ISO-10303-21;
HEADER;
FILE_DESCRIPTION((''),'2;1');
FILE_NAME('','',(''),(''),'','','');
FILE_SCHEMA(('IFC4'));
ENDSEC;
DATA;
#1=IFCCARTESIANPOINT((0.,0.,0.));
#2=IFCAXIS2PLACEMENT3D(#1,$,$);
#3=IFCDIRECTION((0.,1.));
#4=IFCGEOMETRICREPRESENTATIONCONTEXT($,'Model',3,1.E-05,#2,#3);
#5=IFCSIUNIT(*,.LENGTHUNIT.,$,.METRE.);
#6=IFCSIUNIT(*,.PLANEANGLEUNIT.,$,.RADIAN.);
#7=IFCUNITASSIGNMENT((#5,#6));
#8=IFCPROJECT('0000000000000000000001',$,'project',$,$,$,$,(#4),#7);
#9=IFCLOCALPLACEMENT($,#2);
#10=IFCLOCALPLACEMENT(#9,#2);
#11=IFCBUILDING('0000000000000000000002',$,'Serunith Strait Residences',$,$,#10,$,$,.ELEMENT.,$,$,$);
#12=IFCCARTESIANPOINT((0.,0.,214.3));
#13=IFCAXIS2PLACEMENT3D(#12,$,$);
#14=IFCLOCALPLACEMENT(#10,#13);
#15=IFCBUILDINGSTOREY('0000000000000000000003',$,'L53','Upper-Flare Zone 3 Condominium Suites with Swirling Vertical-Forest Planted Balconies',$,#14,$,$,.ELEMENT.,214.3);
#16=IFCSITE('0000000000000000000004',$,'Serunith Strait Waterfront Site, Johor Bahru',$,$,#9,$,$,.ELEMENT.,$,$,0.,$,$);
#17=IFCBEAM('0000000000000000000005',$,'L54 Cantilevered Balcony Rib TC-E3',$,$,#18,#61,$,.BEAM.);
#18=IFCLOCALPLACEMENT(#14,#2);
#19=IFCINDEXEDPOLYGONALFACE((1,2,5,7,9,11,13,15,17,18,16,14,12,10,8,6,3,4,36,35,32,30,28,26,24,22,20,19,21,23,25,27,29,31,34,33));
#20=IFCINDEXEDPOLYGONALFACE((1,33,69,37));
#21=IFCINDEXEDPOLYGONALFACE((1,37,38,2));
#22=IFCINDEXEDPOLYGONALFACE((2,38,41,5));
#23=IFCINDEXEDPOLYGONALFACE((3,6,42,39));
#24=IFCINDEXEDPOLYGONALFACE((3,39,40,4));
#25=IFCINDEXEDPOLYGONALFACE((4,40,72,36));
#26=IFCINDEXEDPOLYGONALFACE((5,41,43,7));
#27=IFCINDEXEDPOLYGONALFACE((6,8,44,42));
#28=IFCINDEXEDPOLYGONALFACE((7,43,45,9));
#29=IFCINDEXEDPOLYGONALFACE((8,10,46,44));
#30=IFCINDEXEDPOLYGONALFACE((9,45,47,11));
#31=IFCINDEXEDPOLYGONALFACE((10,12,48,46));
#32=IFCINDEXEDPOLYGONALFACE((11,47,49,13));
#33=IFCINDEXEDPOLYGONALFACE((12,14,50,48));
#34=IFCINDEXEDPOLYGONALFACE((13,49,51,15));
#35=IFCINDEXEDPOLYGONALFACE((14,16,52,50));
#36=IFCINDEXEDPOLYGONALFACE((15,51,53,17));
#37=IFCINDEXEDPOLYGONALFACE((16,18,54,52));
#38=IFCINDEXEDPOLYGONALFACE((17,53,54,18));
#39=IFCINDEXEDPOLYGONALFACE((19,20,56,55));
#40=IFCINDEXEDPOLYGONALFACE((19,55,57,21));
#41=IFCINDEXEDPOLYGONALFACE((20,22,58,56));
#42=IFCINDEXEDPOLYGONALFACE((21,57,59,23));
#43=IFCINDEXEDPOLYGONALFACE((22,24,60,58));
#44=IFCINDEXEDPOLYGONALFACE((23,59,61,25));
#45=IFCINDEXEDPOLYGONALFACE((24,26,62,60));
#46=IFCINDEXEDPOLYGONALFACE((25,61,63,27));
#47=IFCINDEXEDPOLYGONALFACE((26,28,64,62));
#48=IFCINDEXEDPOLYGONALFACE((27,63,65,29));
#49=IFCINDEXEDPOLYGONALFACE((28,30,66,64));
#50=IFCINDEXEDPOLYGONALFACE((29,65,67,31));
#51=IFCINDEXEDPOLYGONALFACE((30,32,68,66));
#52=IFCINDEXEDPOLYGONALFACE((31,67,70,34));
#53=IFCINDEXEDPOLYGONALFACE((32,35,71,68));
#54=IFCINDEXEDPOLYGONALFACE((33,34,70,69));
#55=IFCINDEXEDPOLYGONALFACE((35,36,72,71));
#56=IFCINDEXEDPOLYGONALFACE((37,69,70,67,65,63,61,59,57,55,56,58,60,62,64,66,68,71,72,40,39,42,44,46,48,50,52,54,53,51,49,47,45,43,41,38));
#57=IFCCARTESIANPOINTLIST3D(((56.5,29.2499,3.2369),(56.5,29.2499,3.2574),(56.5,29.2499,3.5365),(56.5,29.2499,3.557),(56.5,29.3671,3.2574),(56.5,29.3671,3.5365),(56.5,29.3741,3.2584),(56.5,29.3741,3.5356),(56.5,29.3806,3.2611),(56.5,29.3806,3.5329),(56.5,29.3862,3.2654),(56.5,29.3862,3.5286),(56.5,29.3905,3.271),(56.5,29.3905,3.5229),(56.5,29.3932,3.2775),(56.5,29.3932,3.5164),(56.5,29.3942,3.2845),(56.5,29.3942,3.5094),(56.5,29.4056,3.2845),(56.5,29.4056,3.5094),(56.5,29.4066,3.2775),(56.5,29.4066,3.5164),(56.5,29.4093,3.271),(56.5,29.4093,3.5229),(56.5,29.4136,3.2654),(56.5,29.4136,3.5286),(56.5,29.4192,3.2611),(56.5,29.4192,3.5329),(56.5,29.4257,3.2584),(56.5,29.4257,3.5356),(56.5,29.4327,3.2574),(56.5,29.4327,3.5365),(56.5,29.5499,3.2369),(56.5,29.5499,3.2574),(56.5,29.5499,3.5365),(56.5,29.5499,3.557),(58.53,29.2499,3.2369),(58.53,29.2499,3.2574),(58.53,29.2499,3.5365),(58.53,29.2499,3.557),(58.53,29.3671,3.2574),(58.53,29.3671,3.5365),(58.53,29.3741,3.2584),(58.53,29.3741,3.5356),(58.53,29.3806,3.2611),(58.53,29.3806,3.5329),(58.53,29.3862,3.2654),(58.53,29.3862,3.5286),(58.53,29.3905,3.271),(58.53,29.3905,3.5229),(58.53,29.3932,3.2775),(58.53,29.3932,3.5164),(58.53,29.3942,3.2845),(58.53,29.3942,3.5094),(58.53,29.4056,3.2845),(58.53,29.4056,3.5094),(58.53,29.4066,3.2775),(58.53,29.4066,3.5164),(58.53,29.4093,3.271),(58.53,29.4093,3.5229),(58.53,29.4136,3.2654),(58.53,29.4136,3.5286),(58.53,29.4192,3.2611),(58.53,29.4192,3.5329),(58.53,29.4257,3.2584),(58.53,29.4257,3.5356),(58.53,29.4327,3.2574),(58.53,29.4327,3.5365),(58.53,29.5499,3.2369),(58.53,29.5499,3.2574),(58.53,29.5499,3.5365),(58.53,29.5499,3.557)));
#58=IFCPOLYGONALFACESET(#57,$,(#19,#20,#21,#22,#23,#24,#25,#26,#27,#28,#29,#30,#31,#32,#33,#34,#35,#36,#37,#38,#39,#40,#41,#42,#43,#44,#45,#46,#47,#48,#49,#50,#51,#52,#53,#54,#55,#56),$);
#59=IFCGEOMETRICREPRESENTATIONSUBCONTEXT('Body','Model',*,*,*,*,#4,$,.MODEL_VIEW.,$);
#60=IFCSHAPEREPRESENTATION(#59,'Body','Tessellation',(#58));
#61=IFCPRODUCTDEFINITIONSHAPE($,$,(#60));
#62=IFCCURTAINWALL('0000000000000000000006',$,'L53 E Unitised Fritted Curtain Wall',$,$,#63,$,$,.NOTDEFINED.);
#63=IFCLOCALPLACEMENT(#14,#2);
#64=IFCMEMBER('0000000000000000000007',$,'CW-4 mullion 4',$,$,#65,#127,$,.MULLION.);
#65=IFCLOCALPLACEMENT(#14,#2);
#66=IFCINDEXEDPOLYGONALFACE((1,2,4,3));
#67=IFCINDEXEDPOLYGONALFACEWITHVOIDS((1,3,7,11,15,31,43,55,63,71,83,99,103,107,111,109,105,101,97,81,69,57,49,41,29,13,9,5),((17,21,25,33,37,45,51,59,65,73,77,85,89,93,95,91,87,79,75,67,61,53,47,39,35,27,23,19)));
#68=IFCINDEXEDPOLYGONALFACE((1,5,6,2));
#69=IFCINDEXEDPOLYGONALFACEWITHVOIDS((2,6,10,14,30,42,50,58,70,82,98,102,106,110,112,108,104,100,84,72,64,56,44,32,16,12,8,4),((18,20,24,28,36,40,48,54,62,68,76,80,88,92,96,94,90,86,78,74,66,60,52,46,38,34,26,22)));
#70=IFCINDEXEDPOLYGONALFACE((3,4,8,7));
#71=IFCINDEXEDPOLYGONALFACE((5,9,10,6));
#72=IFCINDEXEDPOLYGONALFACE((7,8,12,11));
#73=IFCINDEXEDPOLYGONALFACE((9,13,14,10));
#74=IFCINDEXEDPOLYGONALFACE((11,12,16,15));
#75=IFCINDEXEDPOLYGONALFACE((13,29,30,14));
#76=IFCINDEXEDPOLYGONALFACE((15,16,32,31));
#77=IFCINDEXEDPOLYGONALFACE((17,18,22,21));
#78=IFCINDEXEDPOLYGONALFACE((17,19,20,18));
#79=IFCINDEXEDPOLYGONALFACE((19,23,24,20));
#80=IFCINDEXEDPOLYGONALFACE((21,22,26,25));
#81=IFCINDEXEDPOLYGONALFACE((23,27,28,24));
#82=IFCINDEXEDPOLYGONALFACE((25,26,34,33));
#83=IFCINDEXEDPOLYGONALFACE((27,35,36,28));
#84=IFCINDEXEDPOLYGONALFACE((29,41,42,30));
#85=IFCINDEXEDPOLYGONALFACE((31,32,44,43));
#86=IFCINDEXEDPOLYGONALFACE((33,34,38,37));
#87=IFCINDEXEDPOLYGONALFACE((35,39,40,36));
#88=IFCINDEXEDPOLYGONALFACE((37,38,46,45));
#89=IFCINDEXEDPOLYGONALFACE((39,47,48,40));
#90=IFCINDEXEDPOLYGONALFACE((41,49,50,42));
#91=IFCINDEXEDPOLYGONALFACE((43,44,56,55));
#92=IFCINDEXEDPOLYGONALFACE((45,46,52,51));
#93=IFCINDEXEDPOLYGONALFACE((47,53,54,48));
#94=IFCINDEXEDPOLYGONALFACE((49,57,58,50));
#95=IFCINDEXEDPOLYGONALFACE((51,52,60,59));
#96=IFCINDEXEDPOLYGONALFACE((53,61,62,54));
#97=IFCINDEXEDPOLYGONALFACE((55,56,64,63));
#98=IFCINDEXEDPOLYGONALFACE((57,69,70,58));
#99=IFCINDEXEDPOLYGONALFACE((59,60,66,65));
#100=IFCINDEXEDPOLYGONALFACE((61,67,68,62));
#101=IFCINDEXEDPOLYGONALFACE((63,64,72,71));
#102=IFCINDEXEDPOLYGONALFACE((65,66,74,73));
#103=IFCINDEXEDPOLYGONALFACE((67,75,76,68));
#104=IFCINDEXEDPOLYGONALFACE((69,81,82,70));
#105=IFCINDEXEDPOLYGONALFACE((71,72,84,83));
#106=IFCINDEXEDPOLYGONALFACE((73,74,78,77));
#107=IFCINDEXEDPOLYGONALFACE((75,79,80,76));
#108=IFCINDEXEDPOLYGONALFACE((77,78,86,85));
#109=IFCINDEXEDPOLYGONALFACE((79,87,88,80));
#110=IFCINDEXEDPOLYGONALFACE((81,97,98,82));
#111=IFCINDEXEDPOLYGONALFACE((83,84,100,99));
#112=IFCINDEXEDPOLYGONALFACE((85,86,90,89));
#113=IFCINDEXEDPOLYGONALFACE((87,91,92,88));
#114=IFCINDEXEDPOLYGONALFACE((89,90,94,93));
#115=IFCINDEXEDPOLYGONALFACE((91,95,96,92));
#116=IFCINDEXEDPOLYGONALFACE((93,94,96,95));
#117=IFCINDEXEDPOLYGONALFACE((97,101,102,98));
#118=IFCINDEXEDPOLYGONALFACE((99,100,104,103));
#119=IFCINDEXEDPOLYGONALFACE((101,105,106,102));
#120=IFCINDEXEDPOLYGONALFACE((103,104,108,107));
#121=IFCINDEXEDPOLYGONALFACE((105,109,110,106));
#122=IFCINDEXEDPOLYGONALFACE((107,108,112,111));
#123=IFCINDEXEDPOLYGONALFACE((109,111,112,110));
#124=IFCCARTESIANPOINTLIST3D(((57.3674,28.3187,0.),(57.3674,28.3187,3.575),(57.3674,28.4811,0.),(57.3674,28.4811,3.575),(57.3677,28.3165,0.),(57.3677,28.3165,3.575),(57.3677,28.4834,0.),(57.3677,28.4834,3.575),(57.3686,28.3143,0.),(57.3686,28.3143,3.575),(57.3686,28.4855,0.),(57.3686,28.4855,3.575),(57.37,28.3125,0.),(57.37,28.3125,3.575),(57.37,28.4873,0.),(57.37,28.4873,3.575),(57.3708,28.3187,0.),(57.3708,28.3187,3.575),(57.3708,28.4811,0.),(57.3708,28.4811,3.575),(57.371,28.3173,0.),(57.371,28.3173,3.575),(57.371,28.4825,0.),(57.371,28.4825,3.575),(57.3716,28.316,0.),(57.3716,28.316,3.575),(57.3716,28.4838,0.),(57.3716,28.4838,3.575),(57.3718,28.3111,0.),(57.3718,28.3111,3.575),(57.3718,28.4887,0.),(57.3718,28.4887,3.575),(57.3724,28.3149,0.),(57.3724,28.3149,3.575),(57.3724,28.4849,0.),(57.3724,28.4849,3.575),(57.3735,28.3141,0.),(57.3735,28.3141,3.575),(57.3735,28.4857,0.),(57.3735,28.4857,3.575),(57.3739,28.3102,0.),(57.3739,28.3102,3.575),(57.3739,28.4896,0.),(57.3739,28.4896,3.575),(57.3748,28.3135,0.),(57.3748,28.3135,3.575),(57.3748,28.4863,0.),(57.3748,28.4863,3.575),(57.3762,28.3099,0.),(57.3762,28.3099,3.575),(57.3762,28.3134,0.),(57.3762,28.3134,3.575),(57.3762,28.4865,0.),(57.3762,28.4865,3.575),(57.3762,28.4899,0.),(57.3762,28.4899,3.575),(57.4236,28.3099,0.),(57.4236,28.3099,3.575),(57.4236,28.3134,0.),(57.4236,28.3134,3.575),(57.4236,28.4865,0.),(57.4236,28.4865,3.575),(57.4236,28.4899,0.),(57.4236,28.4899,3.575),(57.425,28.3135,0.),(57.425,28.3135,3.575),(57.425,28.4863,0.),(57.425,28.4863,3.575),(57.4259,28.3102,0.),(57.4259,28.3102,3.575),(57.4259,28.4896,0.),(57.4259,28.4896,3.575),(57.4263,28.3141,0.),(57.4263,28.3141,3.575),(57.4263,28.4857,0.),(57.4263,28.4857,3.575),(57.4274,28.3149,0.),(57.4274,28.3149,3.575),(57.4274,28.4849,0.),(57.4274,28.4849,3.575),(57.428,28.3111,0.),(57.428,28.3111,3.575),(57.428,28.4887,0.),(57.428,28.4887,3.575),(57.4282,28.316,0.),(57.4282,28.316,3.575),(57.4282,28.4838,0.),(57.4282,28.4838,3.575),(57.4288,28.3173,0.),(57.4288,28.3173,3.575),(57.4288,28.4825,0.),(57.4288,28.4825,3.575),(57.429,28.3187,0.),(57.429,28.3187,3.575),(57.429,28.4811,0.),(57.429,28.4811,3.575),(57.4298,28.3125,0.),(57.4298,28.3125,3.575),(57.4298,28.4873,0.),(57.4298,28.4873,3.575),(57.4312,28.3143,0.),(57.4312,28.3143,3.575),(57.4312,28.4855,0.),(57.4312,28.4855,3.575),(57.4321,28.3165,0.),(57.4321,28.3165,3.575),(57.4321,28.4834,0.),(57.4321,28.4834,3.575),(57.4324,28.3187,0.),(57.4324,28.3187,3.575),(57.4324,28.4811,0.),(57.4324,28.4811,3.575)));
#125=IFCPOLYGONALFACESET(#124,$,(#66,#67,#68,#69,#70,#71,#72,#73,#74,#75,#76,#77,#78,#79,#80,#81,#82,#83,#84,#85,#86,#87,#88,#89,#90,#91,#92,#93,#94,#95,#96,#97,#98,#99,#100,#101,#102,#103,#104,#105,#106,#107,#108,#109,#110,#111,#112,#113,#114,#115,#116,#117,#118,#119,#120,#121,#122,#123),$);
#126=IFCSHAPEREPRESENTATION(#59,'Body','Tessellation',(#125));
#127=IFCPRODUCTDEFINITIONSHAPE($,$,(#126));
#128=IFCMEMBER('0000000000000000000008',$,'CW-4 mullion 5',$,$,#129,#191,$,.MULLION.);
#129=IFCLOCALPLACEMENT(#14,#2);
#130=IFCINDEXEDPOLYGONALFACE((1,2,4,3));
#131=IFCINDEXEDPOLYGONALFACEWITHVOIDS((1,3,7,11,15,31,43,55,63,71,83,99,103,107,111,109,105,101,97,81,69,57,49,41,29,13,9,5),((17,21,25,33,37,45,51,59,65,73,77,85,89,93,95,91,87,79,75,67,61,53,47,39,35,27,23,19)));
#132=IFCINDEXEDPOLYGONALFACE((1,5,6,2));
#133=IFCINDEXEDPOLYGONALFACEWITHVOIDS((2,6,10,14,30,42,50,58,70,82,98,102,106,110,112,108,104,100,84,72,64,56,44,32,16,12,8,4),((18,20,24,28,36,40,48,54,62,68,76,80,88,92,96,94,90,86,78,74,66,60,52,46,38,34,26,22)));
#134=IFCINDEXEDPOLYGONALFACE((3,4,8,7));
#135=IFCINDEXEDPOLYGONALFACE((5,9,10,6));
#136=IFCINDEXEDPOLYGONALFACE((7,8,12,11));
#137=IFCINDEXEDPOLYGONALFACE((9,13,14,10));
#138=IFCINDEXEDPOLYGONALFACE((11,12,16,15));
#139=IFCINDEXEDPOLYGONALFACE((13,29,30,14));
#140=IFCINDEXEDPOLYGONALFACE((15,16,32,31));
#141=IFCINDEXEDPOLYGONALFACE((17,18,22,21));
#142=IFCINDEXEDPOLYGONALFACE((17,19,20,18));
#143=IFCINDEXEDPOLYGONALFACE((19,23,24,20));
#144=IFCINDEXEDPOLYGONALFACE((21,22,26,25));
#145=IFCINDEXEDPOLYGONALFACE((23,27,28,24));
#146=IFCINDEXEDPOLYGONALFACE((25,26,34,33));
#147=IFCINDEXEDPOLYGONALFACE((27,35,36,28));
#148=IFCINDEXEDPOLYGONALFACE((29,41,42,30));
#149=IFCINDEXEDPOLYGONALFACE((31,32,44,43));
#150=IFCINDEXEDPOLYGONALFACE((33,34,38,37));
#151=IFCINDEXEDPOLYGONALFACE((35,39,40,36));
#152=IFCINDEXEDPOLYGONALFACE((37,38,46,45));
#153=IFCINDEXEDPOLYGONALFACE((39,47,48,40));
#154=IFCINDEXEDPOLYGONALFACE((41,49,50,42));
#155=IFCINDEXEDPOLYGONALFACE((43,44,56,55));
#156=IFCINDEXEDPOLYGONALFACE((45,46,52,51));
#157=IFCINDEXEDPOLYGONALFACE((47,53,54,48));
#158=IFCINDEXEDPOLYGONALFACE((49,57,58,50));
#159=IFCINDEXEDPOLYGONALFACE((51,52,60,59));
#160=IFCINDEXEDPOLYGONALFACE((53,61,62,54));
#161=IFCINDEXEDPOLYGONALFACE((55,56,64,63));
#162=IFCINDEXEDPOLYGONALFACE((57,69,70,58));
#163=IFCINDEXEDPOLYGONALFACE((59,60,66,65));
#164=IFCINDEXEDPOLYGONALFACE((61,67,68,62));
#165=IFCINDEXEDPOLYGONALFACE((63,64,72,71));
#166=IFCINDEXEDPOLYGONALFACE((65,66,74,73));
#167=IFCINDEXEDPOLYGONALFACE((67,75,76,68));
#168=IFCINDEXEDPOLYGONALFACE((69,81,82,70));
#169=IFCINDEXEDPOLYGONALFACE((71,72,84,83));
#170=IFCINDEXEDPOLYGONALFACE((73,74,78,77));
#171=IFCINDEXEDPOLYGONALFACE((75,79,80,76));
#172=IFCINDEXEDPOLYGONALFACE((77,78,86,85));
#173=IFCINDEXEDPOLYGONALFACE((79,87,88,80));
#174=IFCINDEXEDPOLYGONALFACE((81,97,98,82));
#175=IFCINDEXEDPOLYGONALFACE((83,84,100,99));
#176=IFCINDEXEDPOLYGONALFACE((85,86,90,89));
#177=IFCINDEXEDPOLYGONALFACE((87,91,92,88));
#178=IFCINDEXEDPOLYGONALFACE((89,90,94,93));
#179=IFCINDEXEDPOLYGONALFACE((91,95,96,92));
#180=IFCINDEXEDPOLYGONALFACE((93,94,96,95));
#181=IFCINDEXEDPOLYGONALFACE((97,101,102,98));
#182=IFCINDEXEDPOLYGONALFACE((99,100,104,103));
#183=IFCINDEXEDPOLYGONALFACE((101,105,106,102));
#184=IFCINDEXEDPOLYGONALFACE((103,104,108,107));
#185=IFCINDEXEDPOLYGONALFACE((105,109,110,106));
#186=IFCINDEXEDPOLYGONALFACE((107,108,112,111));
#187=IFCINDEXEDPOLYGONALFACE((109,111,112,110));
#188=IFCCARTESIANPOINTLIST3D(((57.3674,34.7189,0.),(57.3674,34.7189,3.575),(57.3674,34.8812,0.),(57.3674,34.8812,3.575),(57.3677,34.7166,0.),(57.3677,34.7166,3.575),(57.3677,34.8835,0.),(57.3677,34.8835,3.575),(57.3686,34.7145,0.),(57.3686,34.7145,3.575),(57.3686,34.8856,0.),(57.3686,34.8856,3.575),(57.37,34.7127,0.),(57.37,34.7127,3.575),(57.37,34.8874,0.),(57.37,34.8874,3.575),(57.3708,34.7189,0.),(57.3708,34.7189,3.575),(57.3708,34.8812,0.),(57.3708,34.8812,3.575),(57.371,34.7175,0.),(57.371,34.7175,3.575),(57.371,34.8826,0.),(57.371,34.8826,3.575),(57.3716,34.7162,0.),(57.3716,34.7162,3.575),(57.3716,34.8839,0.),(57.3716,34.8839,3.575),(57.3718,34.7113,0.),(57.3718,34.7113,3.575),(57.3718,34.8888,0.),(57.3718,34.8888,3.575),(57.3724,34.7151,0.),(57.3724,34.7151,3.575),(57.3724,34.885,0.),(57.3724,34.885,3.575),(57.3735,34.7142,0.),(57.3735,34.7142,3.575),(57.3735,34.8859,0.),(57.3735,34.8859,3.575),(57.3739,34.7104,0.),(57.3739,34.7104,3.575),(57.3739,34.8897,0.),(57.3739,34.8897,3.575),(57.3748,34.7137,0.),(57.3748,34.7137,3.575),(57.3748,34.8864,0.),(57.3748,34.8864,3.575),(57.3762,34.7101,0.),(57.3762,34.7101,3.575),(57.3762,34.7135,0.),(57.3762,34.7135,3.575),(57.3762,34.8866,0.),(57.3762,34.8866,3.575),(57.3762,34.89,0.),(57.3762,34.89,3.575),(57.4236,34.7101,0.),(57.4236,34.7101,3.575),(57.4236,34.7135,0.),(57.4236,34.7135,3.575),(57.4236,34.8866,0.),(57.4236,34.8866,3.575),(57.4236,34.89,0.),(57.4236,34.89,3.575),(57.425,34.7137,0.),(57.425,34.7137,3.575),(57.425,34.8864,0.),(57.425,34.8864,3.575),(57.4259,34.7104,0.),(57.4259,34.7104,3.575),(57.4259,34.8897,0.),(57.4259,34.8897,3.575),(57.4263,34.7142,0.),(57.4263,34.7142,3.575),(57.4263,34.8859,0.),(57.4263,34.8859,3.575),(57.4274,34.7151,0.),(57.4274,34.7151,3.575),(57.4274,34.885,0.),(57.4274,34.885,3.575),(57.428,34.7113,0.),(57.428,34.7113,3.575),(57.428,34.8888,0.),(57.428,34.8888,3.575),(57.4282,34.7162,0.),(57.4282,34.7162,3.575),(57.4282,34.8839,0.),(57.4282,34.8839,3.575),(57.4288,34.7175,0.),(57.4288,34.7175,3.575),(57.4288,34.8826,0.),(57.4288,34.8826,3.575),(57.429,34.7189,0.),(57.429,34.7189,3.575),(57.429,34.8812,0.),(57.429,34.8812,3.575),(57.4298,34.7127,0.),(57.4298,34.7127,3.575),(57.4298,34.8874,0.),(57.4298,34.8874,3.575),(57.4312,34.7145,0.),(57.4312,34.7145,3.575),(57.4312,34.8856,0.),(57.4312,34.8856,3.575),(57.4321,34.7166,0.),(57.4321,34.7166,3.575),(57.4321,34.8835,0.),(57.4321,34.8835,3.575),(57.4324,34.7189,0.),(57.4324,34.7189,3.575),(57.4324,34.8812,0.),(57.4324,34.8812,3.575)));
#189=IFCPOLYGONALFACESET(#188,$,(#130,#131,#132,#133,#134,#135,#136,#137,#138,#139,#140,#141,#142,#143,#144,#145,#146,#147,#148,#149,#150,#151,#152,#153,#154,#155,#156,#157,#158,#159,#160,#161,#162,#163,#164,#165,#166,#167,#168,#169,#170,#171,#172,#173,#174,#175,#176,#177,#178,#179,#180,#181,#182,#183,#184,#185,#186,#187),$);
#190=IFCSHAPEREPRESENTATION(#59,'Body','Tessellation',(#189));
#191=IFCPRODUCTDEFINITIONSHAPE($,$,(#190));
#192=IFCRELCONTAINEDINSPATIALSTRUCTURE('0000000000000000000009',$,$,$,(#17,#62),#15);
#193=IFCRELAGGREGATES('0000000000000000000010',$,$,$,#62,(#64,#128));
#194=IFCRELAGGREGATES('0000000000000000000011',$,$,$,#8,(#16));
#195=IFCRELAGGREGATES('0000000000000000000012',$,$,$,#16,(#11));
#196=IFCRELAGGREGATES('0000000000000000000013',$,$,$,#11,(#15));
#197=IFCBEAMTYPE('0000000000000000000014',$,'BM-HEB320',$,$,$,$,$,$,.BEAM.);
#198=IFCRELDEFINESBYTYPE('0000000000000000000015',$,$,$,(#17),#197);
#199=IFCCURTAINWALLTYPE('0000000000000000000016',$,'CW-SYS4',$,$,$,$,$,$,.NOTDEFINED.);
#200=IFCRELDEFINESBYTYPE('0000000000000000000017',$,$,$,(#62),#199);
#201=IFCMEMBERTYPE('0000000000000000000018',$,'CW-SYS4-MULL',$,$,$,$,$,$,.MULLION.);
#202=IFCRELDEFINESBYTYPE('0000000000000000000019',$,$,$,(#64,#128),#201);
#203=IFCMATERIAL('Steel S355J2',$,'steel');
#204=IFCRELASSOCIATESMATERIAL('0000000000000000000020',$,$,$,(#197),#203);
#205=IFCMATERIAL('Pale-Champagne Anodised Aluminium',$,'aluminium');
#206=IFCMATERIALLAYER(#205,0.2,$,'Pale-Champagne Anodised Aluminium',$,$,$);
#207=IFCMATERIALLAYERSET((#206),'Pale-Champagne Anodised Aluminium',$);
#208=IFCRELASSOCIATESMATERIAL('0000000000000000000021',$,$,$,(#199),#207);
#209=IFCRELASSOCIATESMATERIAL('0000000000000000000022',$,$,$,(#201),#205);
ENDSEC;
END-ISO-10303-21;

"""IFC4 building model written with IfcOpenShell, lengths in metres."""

from ifc_helpers import new_model, si_unit, direction, frame, origin, origin_2d, place, context, subcontext, project, spatial, hollow_rectangle, i_section, extrude, source, transform, mapped, material, layer, layer_set, material_profile, profile_set, type_object, element, aggregate, save


model = new_model("IFC4")

# Units and contexts
model_context = context("Model", 3, precision=1e-05, world=origin(), true_north=direction((0.0, 1.0)))
body_context = subcontext(model_context, "Body", "Model", "MODEL_VIEW")
ifc_project = project(units=[si_unit("LENGTHUNIT", "METRE"), si_unit("PLANEANGLEUNIT", "RADIAN")], contexts=[model_context])

# Site, building, storey
site_placement = place(None, origin())
site = spatial("IfcSite", under=ifc_project, at=site_placement, Name="Serunith Strait Waterfront Site, Johor Bahru", CompositionType="ELEMENT", RefElevation=0.0)
building_placement = place(site_placement, origin())
building = spatial("IfcBuilding", under=site, at=building_placement, Name="Serunith Strait Residences", CompositionType="ELEMENT")
storey_placement = place(building_placement, frame((0.0, 0.0, 214.3)))
storey = spatial("IfcBuildingStorey", under=building, at=storey_placement, Name="L53", Description="Upper-Flare Zone 3 Condominium Suites with Swirling Vertical-Forest Planted Balconies", CompositionType="ELEMENT", Elevation=214.3)

# Beam
ifc_material_1 = material(Name="Steel S355J2", Category="steel")
ifc_material_profile_1 = material_profile(ifc_material_1, i_section(OverallWidth=0.3, OverallDepth=0.3201, WebThickness=0.0115, FlangeThickness=0.0205, FilletRadius=0.0271, at=origin_2d()), Name="HEB 320")
ifc_profile_set_1 = profile_set([ifc_material_profile_1], Name="Steel S355J2")
beam_type_1 = type_object("IfcBeamType", Name="BM-HEB320", PredefinedType="BEAM", material=ifc_profile_set_1)
shared_shape_1 = source(origin(), body_context, "Body", "SweptSolid", [
    extrude(i_section(OverallWidth=0.3, OverallDepth=0.3201, WebThickness=0.0115, FlangeThickness=0.0205, FilletRadius=0.0271, at=origin_2d()), origin(), (0.0, 0.0, 1.0), 2.03),
])
beam_1_placement = place(storey_placement, frame((56.5, 29.3999, 3.397), z_axis=(1.0, 0.0, 0.0), x_axis=(0.0, 1.0, 0.0)))
element("IfcBeam", 1, at=beam_1_placement, inside=storey, type_object=beam_type_1, Name="L54 Cantilevered Balcony Rib TC-E3", PredefinedType="BEAM", context=body_context, shape_type="MappedRepresentation", body=[
    mapped(shared_shape_1, transform((0.0, 0.0, 0.0), scale=1.0)),
])

# Curtain wall, members
ifc_material_2 = material(Name="Pale-Champagne Anodised Aluminium", Category="aluminium")
ifc_layer_1 = layer(ifc_material_2, 0.2, Name="Pale-Champagne Anodised Aluminium")
ifc_layer_set_1 = layer_set([ifc_layer_1], Name="Pale-Champagne Anodised Aluminium")
curtain_wall_type = type_object("IfcCurtainWallType", Name="CW-SYS4", PredefinedType="NOTDEFINED", material=ifc_layer_set_1)
curtain_wall_placement = place(storey_placement, origin())
curtain_wall = element("IfcCurtainWall", 2, at=curtain_wall_placement, inside=storey, type_object=curtain_wall_type, Name="L53 E Unitised Fritted Curtain Wall", PredefinedType="NOTDEFINED")
ifc_material_profile_2 = material_profile(ifc_material_2, hollow_rectangle(XDim=0.0649, YDim=0.1799, WallThickness=0.0034, InnerFilletRadius=0.0054, OuterFilletRadius=0.0088, at=origin_2d()), Name="ALU 180x65x3.5")
ifc_profile_set_2 = profile_set([ifc_material_profile_2], Name="Pale-Champagne Anodised Aluminium")
member_type_1 = type_object("IfcMemberType", Name="CW-SYS4-MULL", PredefinedType="MULLION", material=ifc_profile_set_2)
shared_shape_2 = source(origin(), body_context, "Body", "SweptSolid", [
    extrude(hollow_rectangle(XDim=0.0649, YDim=0.1799, WallThickness=0.0034, InnerFilletRadius=0.0054, OuterFilletRadius=0.0088, at=origin_2d()), origin(), (0.0, 0.0, 1.0), 3.575),
])
member_1_placement = place(storey_placement, frame((57.3999, 28.3999, 0.0), z_axis=(0.0, 0.0, 1.0), x_axis=(-1.0, 0.0, 0.0)))
member_1 = element("IfcMember", 3, at=member_1_placement, type_object=member_type_1, Name="CW-4 mullion 4", PredefinedType="MULLION", context=body_context, shape_type="MappedRepresentation", body=[
    mapped(shared_shape_2, transform((0.0, 0.0, 0.0), scale=1.0)),
])
member_2_placement = place(storey_placement, frame((57.3999, 34.8, 0.0), z_axis=(0.0, 0.0, 1.0), x_axis=(-1.0, 0.0, 0.0)))
member_2 = element("IfcMember", 4, at=member_2_placement, type_object=member_type_1, Name="CW-4 mullion 5", PredefinedType="MULLION", context=body_context, shape_type="MappedRepresentation", body=[
    mapped(shared_shape_2, transform((0.0, 0.0, 0.0), scale=1.0)),
])
aggregate(curtain_wall, [member_1, member_2])

save(model, "model.ifc")
